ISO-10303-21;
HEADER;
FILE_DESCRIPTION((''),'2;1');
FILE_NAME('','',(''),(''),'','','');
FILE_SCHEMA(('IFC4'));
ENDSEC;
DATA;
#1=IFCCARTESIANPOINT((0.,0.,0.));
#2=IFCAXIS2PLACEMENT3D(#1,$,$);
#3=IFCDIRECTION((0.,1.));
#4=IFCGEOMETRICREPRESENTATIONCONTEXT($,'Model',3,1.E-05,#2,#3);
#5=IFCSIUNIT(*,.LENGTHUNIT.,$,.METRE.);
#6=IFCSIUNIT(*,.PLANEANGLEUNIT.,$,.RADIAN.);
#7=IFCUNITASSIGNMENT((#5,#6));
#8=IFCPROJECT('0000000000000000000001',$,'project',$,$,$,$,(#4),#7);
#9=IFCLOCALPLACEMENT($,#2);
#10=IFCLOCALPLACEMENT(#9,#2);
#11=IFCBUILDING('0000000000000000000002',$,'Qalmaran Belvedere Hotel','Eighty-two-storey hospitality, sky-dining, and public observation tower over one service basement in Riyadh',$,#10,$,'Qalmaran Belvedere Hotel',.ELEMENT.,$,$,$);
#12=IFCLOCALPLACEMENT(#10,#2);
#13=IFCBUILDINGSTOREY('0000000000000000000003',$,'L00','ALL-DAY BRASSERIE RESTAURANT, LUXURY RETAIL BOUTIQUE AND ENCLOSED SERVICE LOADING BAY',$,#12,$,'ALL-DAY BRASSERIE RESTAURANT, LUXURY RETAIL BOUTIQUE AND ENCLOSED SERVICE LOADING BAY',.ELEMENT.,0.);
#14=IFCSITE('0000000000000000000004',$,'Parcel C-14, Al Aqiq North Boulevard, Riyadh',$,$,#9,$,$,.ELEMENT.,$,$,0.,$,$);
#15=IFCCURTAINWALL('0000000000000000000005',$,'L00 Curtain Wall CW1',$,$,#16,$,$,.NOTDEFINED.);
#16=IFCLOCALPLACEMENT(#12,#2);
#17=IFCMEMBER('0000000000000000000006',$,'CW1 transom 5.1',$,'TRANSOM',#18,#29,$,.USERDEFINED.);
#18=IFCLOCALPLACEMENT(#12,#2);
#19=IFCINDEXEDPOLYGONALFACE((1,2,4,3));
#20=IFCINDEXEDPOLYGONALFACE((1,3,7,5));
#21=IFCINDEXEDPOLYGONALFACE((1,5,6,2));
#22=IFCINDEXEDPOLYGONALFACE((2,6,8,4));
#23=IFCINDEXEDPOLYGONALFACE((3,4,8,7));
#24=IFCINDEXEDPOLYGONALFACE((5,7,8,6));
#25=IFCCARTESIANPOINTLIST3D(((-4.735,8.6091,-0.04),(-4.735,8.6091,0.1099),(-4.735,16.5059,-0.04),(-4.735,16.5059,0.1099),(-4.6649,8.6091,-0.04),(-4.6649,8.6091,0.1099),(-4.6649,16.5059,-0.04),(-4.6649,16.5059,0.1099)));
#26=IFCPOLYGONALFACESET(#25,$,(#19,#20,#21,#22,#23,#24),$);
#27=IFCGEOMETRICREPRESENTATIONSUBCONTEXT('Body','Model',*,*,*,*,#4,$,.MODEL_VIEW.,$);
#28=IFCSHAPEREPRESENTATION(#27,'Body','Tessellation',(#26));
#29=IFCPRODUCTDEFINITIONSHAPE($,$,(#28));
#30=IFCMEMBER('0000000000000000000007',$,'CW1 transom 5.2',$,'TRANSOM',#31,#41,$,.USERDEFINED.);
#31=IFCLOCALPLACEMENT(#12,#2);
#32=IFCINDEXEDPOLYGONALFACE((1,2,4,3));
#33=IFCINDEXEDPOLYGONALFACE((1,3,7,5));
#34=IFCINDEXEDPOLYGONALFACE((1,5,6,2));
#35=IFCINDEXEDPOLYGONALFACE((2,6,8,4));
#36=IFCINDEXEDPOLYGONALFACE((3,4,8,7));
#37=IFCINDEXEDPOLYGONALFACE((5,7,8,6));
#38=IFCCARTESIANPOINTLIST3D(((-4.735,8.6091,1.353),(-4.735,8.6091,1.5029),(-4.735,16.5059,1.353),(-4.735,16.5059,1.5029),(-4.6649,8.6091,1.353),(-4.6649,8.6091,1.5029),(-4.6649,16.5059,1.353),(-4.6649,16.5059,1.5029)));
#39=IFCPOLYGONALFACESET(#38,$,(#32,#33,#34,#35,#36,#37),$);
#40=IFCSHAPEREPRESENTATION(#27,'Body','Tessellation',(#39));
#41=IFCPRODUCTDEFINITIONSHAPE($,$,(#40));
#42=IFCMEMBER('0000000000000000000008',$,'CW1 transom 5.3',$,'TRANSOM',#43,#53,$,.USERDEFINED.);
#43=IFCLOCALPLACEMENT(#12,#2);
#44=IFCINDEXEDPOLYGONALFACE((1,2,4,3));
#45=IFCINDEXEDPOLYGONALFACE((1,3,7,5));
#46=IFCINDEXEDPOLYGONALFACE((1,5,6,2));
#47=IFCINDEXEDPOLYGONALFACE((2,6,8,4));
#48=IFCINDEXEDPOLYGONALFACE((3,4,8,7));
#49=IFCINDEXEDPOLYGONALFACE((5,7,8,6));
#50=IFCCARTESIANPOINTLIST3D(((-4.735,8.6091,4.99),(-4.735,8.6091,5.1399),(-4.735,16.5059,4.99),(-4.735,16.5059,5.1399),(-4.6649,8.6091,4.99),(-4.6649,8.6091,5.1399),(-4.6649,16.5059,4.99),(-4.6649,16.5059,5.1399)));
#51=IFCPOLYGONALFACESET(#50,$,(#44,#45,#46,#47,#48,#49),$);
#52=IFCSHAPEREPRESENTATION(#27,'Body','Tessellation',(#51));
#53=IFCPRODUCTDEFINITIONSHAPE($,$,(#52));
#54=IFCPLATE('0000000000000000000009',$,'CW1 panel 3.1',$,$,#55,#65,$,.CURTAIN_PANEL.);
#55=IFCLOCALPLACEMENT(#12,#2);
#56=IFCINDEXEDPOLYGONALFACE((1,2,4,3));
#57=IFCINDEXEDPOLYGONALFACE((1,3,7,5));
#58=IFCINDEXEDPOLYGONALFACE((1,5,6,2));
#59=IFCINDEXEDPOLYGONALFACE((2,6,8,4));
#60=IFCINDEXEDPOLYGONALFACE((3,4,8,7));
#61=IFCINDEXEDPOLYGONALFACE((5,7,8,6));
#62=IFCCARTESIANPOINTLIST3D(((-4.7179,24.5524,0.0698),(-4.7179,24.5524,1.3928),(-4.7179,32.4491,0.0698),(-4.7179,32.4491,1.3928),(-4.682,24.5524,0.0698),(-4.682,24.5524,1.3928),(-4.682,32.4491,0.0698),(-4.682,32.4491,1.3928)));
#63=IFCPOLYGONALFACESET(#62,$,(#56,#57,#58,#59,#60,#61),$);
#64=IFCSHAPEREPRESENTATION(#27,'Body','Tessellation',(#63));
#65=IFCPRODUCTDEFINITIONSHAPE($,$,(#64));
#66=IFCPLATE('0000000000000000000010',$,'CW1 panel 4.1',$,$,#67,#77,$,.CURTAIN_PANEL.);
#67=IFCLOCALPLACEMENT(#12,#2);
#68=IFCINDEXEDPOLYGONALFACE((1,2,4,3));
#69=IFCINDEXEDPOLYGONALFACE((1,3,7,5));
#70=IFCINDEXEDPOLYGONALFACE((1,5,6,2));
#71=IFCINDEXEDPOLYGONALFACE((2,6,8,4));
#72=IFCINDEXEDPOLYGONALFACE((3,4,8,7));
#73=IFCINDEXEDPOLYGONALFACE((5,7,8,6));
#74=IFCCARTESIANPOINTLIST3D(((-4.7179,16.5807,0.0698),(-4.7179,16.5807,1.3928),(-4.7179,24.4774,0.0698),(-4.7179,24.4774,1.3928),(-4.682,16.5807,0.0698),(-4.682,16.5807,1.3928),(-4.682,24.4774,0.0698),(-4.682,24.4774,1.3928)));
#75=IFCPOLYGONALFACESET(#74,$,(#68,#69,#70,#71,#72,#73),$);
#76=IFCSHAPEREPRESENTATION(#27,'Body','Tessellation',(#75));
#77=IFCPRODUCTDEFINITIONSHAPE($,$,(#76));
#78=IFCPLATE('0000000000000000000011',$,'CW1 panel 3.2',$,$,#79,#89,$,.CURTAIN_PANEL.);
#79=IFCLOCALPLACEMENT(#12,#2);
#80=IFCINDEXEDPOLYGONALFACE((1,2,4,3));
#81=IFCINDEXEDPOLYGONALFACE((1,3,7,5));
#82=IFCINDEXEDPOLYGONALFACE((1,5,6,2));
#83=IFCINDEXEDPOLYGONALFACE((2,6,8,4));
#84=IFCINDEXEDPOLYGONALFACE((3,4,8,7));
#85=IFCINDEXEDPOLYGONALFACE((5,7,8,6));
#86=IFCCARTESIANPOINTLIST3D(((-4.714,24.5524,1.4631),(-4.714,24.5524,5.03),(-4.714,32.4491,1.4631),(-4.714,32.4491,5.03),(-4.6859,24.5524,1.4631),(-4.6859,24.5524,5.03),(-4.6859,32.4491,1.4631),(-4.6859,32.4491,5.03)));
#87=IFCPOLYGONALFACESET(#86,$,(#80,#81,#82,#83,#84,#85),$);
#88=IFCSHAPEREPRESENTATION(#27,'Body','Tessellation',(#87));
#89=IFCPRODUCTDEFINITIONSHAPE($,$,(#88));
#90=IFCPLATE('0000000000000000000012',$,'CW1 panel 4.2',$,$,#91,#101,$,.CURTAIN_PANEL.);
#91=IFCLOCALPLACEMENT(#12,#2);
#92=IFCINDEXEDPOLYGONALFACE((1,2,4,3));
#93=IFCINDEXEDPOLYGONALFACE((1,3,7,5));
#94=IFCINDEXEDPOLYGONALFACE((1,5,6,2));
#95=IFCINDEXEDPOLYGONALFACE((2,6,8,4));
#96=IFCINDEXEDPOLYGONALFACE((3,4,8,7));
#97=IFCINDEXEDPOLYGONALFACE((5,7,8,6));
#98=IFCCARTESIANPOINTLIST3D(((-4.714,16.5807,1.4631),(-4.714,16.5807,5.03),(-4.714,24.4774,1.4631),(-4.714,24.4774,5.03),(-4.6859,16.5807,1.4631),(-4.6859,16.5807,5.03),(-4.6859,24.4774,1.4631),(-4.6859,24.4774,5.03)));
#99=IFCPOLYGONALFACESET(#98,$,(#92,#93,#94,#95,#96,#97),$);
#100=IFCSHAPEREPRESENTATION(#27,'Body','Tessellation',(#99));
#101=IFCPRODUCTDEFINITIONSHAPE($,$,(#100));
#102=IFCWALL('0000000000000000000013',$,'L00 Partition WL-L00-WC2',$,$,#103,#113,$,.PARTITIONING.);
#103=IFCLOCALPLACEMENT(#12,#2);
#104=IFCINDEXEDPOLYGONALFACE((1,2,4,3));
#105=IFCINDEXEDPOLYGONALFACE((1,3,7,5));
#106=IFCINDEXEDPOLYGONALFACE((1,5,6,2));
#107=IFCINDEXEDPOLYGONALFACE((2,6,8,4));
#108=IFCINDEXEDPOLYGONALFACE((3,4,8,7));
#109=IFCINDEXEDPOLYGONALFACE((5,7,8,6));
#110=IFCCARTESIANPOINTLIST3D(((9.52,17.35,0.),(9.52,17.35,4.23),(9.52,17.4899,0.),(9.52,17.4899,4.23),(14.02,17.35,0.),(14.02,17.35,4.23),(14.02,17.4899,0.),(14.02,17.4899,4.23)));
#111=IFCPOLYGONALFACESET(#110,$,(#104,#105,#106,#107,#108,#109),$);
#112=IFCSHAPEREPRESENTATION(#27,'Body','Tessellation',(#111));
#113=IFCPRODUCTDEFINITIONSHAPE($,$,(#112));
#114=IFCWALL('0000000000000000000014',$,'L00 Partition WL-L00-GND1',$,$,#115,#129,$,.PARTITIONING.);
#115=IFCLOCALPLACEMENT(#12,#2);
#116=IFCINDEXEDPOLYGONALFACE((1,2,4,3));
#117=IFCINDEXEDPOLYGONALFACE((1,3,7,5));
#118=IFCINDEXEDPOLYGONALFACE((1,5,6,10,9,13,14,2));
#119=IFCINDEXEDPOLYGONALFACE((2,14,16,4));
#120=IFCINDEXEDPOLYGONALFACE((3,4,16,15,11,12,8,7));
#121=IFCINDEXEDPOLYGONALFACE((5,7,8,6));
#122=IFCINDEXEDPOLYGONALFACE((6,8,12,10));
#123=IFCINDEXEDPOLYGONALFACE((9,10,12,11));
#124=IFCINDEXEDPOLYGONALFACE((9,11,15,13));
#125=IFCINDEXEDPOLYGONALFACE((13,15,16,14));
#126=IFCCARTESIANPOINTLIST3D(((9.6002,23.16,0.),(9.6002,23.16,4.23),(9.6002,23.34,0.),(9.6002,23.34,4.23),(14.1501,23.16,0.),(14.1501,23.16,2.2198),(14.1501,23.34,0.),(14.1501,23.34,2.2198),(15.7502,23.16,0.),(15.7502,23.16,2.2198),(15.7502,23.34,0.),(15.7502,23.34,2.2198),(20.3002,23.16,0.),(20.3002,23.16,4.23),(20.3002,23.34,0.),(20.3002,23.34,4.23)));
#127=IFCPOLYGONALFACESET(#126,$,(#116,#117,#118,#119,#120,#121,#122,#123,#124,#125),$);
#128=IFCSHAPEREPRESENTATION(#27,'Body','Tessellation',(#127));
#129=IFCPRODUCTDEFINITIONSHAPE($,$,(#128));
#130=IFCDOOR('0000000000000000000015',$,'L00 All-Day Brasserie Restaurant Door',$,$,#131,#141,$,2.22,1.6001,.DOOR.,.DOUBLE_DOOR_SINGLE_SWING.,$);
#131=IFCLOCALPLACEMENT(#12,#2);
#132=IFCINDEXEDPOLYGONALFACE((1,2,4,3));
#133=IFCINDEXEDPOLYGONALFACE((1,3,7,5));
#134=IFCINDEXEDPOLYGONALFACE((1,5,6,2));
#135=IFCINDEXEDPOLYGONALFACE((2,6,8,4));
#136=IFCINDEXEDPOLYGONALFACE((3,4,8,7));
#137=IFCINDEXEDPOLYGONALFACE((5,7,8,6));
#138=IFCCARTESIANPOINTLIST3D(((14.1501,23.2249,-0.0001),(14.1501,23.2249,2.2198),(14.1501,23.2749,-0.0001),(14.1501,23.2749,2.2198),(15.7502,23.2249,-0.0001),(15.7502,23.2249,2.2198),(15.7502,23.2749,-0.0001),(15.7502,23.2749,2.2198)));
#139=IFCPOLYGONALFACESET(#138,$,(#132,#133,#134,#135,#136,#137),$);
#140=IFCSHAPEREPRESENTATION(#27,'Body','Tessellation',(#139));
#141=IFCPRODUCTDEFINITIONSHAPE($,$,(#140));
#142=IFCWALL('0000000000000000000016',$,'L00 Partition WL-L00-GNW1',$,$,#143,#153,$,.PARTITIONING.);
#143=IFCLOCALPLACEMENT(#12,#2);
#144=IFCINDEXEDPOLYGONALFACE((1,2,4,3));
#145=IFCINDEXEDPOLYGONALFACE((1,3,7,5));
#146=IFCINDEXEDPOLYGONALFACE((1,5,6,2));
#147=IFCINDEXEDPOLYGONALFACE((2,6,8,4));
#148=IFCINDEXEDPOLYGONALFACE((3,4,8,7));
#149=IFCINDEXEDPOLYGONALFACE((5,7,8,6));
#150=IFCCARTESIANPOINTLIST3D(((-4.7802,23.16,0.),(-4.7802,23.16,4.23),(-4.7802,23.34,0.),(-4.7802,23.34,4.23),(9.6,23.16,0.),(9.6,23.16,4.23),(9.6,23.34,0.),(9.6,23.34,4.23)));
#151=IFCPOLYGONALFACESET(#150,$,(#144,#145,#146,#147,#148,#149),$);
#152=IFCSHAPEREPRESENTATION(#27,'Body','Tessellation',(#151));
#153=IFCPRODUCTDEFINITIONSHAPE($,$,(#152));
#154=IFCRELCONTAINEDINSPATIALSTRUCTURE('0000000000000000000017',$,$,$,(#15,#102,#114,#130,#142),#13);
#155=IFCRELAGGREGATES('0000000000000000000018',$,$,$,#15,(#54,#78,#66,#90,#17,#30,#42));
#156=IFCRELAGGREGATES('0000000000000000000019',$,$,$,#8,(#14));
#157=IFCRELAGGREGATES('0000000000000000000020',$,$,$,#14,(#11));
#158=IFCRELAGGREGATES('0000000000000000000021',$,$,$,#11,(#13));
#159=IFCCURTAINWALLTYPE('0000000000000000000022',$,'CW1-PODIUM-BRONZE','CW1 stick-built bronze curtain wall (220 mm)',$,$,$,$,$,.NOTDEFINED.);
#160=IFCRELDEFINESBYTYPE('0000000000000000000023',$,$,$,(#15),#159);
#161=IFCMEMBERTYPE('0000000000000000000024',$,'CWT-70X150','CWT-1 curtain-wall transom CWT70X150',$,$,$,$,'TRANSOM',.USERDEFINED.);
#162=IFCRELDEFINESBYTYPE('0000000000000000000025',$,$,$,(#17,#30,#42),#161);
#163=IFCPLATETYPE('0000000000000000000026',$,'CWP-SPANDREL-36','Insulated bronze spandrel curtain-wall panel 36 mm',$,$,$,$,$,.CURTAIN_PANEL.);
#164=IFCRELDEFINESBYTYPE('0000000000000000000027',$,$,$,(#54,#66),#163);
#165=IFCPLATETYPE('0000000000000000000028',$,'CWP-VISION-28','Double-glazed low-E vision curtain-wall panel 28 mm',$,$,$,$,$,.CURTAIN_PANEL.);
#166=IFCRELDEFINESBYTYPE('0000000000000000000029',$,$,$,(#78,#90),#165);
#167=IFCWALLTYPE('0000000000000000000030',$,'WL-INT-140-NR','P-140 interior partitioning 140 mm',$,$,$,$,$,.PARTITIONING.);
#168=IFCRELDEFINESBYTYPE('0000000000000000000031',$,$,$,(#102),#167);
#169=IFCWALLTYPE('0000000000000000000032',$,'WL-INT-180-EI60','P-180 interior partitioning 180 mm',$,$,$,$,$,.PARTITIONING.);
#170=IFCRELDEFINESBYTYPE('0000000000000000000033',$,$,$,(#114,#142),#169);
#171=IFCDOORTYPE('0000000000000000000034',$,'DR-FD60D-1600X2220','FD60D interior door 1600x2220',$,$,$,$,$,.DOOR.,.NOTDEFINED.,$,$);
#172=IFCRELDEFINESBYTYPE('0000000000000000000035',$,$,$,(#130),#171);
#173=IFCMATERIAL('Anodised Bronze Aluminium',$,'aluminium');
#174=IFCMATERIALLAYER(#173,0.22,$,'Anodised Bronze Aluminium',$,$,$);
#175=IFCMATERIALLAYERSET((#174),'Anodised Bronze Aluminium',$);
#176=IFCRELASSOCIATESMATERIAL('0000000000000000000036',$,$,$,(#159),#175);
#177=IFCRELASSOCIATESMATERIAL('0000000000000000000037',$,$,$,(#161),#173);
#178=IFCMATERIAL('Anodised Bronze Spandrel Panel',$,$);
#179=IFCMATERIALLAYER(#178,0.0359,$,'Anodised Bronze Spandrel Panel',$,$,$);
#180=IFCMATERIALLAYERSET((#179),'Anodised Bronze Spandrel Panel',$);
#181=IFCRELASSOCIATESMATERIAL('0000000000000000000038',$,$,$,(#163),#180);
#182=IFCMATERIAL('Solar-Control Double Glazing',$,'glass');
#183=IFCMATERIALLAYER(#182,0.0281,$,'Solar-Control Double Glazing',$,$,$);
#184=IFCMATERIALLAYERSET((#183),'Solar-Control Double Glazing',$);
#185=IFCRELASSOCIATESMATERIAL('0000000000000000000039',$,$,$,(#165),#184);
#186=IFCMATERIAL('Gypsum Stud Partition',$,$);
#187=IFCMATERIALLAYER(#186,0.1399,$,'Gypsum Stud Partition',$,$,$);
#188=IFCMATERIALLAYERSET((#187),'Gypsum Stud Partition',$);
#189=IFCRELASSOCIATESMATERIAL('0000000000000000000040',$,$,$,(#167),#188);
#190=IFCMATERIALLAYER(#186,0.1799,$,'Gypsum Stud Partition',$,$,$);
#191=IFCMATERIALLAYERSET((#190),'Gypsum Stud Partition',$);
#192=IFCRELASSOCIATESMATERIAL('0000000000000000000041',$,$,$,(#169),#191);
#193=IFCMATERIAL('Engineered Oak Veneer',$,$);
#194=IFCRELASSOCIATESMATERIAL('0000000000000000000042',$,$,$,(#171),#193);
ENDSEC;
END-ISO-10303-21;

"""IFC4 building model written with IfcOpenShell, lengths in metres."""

from ifc_helpers import new_model, si_unit, direction, frame, frame_2d, origin, origin_2d, place, context, subcontext, project, spatial, rectangle, extrude, material, layer, layer_set, material_profile, profile_set, type_object, element, fill, aggregate, save


model = new_model("IFC4")

# Units and contexts
model_context = context("Model", 3, precision=1e-05, world=origin(), true_north=direction((0.0, 1.0)))
body_context = subcontext(model_context, "Body", "Model", "MODEL_VIEW")
ifc_project = project(units=[si_unit("LENGTHUNIT", "METRE"), si_unit("PLANEANGLEUNIT", "RADIAN")], contexts=[model_context])

# Site, building, storey
site_placement = place(None, origin())
site = spatial("IfcSite", under=ifc_project, at=site_placement, Name="Parcel C-14, Al Aqiq North Boulevard, Riyadh", CompositionType="ELEMENT", RefElevation=0.0)
building_placement = place(site_placement, origin())
building = spatial("IfcBuilding", under=site, at=building_placement, Name="Qalmaran Belvedere Hotel", Description="Eighty-two-storey hospitality, sky-dining, and public observation tower over one service basement in Riyadh", LongName="Qalmaran Belvedere Hotel", CompositionType="ELEMENT")
storey_placement = place(building_placement, origin())
storey = spatial("IfcBuildingStorey", under=building, at=storey_placement, Name="L00", Description="ALL-DAY BRASSERIE RESTAURANT, LUXURY RETAIL BOUTIQUE AND ENCLOSED SERVICE LOADING BAY", LongName="ALL-DAY BRASSERIE RESTAURANT, LUXURY RETAIL BOUTIQUE AND ENCLOSED SERVICE LOADING BAY", CompositionType="ELEMENT", Elevation=0.0)

# Curtain wall, members, plates
ifc_material_1 = material(Name="Anodised Bronze Aluminium", Category="aluminium")
ifc_layer_1 = layer(ifc_material_1, 0.22, Name="Anodised Bronze Aluminium")
ifc_layer_set_1 = layer_set([ifc_layer_1], Name="Anodised Bronze Aluminium")
curtain_wall_type = type_object("IfcCurtainWallType", Name="CW1-PODIUM-BRONZE", Description="CW1 stick-built bronze curtain wall (220 mm)", PredefinedType="NOTDEFINED", material=ifc_layer_set_1)
curtain_wall_placement = place(storey_placement, origin())
curtain_wall = element("IfcCurtainWall", 1, at=curtain_wall_placement, inside=storey, type_object=curtain_wall_type, Name="L00 Curtain Wall CW1", PredefinedType="NOTDEFINED")
ifc_material_profile_1 = material_profile(ifc_material_1, rectangle(XDim=0.0701, YDim=0.1499, at=origin_2d()), Name="CWT70X150")
ifc_profile_set_1 = profile_set([ifc_material_profile_1], Name="Anodised Bronze Aluminium")
member_type_1 = type_object("IfcMemberType", Name="CWT-70X150", Description="CWT-1 curtain-wall transom CWT70X150", ElementType="TRANSOM", PredefinedType="USERDEFINED", material=ifc_profile_set_1)
member_1_placement = place(storey_placement, frame((-4.7, 16.5059, 0.0349), z_axis=(0.0, -1.0, 0.0), x_axis=(1.0, 0.0, 0.0)))
member_1 = element("IfcMember", 2, at=member_1_placement, type_object=member_type_1, Name="CW1 transom 5.1", ObjectType="TRANSOM", PredefinedType="USERDEFINED", context=body_context, shape_type="SweptSolid", body=[
    extrude(rectangle(XDim=0.0701, YDim=0.1499, at=origin_2d()), origin(), (0.0, 0.0, 1.0), 7.8967),
])
member_2_placement = place(storey_placement, frame((-4.7, 16.5059, 1.428), z_axis=(0.0, -1.0, 0.0), x_axis=(1.0, 0.0, 0.0)))
member_2 = element("IfcMember", 3, at=member_2_placement, type_object=member_type_1, Name="CW1 transom 5.2", ObjectType="TRANSOM", PredefinedType="USERDEFINED", context=body_context, shape_type="SweptSolid", body=[
    extrude(rectangle(XDim=0.0701, YDim=0.1499, at=origin_2d()), origin(), (0.0, 0.0, 1.0), 7.8967),
])
member_3_placement = place(storey_placement, frame((-4.7, 16.5059, 5.0649), z_axis=(0.0, -1.0, 0.0), x_axis=(1.0, 0.0, 0.0)))
member_3 = element("IfcMember", 4, at=member_3_placement, type_object=member_type_1, Name="CW1 transom 5.3", ObjectType="TRANSOM", PredefinedType="USERDEFINED", context=body_context, shape_type="SweptSolid", body=[
    extrude(rectangle(XDim=0.0701, YDim=0.1499, at=origin_2d()), origin(), (0.0, 0.0, 1.0), 7.8967),
])
ifc_material_2 = material(Name="Anodised Bronze Spandrel Panel")
ifc_layer_2 = layer(ifc_material_2, 0.0359, Name="Anodised Bronze Spandrel Panel")
ifc_layer_set_2 = layer_set([ifc_layer_2], Name="Anodised Bronze Spandrel Panel")
plate_type_1 = type_object("IfcPlateType", Name="CWP-SPANDREL-36", Description="Insulated bronze spandrel curtain-wall panel 36 mm", PredefinedType="CURTAIN_PANEL", material=ifc_layer_set_2)
plate_1_placement = place(storey_placement, frame((-4.7, 28.5007, 0.0698), z_axis=(0.0, 0.0, 1.0), x_axis=(0.0, -1.0, 0.0)))
plate_1 = element("IfcPlate", 5, at=plate_1_placement, type_object=plate_type_1, Name="CW1 panel 3.1", PredefinedType="CURTAIN_PANEL", context=body_context, shape_type="SweptSolid", body=[
    extrude(rectangle(XDim=7.8967, YDim=0.0359, at=origin_2d()), origin(), (0.0, 0.0, 1.0), 1.323),
])
plate_2_placement = place(storey_placement, frame((-4.7, 20.5291, 0.0698), z_axis=(0.0, 0.0, 1.0), x_axis=(0.0, -1.0, 0.0)))
plate_2 = element("IfcPlate", 6, at=plate_2_placement, type_object=plate_type_1, Name="CW1 panel 4.1", PredefinedType="CURTAIN_PANEL", context=body_context, shape_type="SweptSolid", body=[
    extrude(rectangle(XDim=7.8967, YDim=0.0359, at=origin_2d()), origin(), (0.0, 0.0, 1.0), 1.323),
])
ifc_material_3 = material(Name="Solar-Control Double Glazing", Category="glass")
ifc_layer_3 = layer(ifc_material_3, 0.0281, Name="Solar-Control Double Glazing")
ifc_layer_set_3 = layer_set([ifc_layer_3], Name="Solar-Control Double Glazing")
plate_type_2 = type_object("IfcPlateType", Name="CWP-VISION-28", Description="Double-glazed low-E vision curtain-wall panel 28 mm", PredefinedType="CURTAIN_PANEL", material=ifc_layer_set_3)
plate_3_placement = place(storey_placement, frame((-4.7, 28.5007, 1.4631), z_axis=(0.0, 0.0, 1.0), x_axis=(0.0, -1.0, 0.0)))
plate_3 = element("IfcPlate", 7, at=plate_3_placement, type_object=plate_type_2, Name="CW1 panel 3.2", PredefinedType="CURTAIN_PANEL", context=body_context, shape_type="SweptSolid", body=[
    extrude(rectangle(XDim=7.8967, YDim=0.0281, at=origin_2d()), origin(), (0.0, 0.0, 1.0), 3.5669),
])
plate_4_placement = place(storey_placement, frame((-4.7, 20.5291, 1.4631), z_axis=(0.0, 0.0, 1.0), x_axis=(0.0, -1.0, 0.0)))
plate_4 = element("IfcPlate", 8, at=plate_4_placement, type_object=plate_type_2, Name="CW1 panel 4.2", PredefinedType="CURTAIN_PANEL", context=body_context, shape_type="SweptSolid", body=[
    extrude(rectangle(XDim=7.8967, YDim=0.0281, at=origin_2d()), origin(), (0.0, 0.0, 1.0), 3.5669),
])
aggregate(curtain_wall, [plate_1, plate_3, plate_2, plate_4, member_1, member_2, member_3])

# Wall
ifc_material_4 = material(Name="Gypsum Stud Partition")
ifc_layer_4 = layer(ifc_material_4, 0.1399, Name="Gypsum Stud Partition")
ifc_layer_set_4 = layer_set([ifc_layer_4], Name="Gypsum Stud Partition")
wall_type_1 = type_object("IfcWallType", Name="WL-INT-140-NR", Description="P-140 interior partitioning 140 mm", PredefinedType="PARTITIONING", material=ifc_layer_set_4)
wall_1_placement = place(storey_placement, frame((9.52, 17.4199, 0.0), z_axis=(0.0, 0.0, 1.0), x_axis=(1.0, 0.0, 0.0)))
element("IfcWall", 9, at=wall_1_placement, inside=storey, type_object=wall_type_1, Name="L00 Partition WL-L00-WC2", PredefinedType="PARTITIONING", context=body_context, shape_type="SweptSolid", body=[
    extrude(rectangle(XDim=4.5, YDim=0.1399, at=frame_2d((2.25, 0.0))), origin(), (0.0, 0.0, 1.0), 4.23),
])

# Wall, opening, door
ifc_layer_5 = layer(ifc_material_4, 0.1799, Name="Gypsum Stud Partition")
ifc_layer_set_5 = layer_set([ifc_layer_5], Name="Gypsum Stud Partition")
wall_type_2 = type_object("IfcWallType", Name="WL-INT-180-EI60", Description="P-180 interior partitioning 180 mm", PredefinedType="PARTITIONING", material=ifc_layer_set_5)
wall_2_placement = place(storey_placement, frame((9.6001, 23.25, 0.0), z_axis=(0.0, 0.0, 1.0), x_axis=(1.0, 0.0, 0.0)))
wall_2 = element("IfcWall", 10, at=wall_2_placement, inside=storey, type_object=wall_type_2, Name="L00 Partition WL-L00-GND1", PredefinedType="PARTITIONING", context=body_context, shape_type="SweptSolid", body=[
    extrude(rectangle(XDim=10.7, YDim=0.1799, at=frame_2d((5.3501, 0.0))), origin(), (0.0, 0.0, 1.0), 4.23),
])
opening_1_placement = place(wall_2_placement, frame((4.55, 0.0, 0.0)))
opening_1 = element("IfcOpeningElement", 11, at=opening_1_placement, cuts=wall_2, PredefinedType="OPENING", context=body_context, shape_type="SweptSolid", body=[
    extrude(rectangle(XDim=1.6001, YDim=2.22, at=frame_2d((0.8, 1.1099))), frame((0.0, 0.1001, 0.0), z_axis=(0.0, -1.0, 0.0), x_axis=(1.0, 0.0, 0.0)), (0.0, 0.0, 1.0), 0.2),
])
ifc_material_5 = material(Name="Engineered Oak Veneer")
door_type_1 = type_object("IfcDoorType", Name="DR-FD60D-1600X2220", Description="FD60D interior door 1600x2220", OperationType="NOTDEFINED", PredefinedType="DOOR", material=ifc_material_5)
door_1_placement = place(opening_1_placement, origin())
door_1 = element("IfcDoor", 12, at=door_1_placement, inside=storey, type_object=door_type_1, Name="L00 All-Day Brasserie Restaurant Door", OperationType="DOUBLE_DOOR_SINGLE_SWING", OverallHeight=2.22, OverallWidth=1.6001, PredefinedType="DOOR", context=body_context, shape_type="SweptSolid", body=[
    extrude(rectangle(XDim=1.6001, YDim=2.22, at=frame_2d((0.8, 1.1099))), frame((0.0, 0.0249, 0.0), z_axis=(0.0, -1.0, 0.0), x_axis=(1.0, 0.0, 0.0)), (0.0, 0.0, 1.0), 0.05),
])
fill(opening_1, door_1)

# Wall
wall_3_placement = place(storey_placement, frame((-4.78, 23.25, 0.0), z_axis=(0.0, 0.0, 1.0), x_axis=(1.0, 0.0, 0.0)))
element("IfcWall", 13, at=wall_3_placement, inside=storey, type_object=wall_type_2, Name="L00 Partition WL-L00-GNW1", PredefinedType="PARTITIONING", context=body_context, shape_type="SweptSolid", body=[
    extrude(rectangle(XDim=14.3801, YDim=0.1799, at=frame_2d((7.1899, 0.0))), origin(), (0.0, 0.0, 1.0), 4.23),
])

save(model, "model.ifc")
